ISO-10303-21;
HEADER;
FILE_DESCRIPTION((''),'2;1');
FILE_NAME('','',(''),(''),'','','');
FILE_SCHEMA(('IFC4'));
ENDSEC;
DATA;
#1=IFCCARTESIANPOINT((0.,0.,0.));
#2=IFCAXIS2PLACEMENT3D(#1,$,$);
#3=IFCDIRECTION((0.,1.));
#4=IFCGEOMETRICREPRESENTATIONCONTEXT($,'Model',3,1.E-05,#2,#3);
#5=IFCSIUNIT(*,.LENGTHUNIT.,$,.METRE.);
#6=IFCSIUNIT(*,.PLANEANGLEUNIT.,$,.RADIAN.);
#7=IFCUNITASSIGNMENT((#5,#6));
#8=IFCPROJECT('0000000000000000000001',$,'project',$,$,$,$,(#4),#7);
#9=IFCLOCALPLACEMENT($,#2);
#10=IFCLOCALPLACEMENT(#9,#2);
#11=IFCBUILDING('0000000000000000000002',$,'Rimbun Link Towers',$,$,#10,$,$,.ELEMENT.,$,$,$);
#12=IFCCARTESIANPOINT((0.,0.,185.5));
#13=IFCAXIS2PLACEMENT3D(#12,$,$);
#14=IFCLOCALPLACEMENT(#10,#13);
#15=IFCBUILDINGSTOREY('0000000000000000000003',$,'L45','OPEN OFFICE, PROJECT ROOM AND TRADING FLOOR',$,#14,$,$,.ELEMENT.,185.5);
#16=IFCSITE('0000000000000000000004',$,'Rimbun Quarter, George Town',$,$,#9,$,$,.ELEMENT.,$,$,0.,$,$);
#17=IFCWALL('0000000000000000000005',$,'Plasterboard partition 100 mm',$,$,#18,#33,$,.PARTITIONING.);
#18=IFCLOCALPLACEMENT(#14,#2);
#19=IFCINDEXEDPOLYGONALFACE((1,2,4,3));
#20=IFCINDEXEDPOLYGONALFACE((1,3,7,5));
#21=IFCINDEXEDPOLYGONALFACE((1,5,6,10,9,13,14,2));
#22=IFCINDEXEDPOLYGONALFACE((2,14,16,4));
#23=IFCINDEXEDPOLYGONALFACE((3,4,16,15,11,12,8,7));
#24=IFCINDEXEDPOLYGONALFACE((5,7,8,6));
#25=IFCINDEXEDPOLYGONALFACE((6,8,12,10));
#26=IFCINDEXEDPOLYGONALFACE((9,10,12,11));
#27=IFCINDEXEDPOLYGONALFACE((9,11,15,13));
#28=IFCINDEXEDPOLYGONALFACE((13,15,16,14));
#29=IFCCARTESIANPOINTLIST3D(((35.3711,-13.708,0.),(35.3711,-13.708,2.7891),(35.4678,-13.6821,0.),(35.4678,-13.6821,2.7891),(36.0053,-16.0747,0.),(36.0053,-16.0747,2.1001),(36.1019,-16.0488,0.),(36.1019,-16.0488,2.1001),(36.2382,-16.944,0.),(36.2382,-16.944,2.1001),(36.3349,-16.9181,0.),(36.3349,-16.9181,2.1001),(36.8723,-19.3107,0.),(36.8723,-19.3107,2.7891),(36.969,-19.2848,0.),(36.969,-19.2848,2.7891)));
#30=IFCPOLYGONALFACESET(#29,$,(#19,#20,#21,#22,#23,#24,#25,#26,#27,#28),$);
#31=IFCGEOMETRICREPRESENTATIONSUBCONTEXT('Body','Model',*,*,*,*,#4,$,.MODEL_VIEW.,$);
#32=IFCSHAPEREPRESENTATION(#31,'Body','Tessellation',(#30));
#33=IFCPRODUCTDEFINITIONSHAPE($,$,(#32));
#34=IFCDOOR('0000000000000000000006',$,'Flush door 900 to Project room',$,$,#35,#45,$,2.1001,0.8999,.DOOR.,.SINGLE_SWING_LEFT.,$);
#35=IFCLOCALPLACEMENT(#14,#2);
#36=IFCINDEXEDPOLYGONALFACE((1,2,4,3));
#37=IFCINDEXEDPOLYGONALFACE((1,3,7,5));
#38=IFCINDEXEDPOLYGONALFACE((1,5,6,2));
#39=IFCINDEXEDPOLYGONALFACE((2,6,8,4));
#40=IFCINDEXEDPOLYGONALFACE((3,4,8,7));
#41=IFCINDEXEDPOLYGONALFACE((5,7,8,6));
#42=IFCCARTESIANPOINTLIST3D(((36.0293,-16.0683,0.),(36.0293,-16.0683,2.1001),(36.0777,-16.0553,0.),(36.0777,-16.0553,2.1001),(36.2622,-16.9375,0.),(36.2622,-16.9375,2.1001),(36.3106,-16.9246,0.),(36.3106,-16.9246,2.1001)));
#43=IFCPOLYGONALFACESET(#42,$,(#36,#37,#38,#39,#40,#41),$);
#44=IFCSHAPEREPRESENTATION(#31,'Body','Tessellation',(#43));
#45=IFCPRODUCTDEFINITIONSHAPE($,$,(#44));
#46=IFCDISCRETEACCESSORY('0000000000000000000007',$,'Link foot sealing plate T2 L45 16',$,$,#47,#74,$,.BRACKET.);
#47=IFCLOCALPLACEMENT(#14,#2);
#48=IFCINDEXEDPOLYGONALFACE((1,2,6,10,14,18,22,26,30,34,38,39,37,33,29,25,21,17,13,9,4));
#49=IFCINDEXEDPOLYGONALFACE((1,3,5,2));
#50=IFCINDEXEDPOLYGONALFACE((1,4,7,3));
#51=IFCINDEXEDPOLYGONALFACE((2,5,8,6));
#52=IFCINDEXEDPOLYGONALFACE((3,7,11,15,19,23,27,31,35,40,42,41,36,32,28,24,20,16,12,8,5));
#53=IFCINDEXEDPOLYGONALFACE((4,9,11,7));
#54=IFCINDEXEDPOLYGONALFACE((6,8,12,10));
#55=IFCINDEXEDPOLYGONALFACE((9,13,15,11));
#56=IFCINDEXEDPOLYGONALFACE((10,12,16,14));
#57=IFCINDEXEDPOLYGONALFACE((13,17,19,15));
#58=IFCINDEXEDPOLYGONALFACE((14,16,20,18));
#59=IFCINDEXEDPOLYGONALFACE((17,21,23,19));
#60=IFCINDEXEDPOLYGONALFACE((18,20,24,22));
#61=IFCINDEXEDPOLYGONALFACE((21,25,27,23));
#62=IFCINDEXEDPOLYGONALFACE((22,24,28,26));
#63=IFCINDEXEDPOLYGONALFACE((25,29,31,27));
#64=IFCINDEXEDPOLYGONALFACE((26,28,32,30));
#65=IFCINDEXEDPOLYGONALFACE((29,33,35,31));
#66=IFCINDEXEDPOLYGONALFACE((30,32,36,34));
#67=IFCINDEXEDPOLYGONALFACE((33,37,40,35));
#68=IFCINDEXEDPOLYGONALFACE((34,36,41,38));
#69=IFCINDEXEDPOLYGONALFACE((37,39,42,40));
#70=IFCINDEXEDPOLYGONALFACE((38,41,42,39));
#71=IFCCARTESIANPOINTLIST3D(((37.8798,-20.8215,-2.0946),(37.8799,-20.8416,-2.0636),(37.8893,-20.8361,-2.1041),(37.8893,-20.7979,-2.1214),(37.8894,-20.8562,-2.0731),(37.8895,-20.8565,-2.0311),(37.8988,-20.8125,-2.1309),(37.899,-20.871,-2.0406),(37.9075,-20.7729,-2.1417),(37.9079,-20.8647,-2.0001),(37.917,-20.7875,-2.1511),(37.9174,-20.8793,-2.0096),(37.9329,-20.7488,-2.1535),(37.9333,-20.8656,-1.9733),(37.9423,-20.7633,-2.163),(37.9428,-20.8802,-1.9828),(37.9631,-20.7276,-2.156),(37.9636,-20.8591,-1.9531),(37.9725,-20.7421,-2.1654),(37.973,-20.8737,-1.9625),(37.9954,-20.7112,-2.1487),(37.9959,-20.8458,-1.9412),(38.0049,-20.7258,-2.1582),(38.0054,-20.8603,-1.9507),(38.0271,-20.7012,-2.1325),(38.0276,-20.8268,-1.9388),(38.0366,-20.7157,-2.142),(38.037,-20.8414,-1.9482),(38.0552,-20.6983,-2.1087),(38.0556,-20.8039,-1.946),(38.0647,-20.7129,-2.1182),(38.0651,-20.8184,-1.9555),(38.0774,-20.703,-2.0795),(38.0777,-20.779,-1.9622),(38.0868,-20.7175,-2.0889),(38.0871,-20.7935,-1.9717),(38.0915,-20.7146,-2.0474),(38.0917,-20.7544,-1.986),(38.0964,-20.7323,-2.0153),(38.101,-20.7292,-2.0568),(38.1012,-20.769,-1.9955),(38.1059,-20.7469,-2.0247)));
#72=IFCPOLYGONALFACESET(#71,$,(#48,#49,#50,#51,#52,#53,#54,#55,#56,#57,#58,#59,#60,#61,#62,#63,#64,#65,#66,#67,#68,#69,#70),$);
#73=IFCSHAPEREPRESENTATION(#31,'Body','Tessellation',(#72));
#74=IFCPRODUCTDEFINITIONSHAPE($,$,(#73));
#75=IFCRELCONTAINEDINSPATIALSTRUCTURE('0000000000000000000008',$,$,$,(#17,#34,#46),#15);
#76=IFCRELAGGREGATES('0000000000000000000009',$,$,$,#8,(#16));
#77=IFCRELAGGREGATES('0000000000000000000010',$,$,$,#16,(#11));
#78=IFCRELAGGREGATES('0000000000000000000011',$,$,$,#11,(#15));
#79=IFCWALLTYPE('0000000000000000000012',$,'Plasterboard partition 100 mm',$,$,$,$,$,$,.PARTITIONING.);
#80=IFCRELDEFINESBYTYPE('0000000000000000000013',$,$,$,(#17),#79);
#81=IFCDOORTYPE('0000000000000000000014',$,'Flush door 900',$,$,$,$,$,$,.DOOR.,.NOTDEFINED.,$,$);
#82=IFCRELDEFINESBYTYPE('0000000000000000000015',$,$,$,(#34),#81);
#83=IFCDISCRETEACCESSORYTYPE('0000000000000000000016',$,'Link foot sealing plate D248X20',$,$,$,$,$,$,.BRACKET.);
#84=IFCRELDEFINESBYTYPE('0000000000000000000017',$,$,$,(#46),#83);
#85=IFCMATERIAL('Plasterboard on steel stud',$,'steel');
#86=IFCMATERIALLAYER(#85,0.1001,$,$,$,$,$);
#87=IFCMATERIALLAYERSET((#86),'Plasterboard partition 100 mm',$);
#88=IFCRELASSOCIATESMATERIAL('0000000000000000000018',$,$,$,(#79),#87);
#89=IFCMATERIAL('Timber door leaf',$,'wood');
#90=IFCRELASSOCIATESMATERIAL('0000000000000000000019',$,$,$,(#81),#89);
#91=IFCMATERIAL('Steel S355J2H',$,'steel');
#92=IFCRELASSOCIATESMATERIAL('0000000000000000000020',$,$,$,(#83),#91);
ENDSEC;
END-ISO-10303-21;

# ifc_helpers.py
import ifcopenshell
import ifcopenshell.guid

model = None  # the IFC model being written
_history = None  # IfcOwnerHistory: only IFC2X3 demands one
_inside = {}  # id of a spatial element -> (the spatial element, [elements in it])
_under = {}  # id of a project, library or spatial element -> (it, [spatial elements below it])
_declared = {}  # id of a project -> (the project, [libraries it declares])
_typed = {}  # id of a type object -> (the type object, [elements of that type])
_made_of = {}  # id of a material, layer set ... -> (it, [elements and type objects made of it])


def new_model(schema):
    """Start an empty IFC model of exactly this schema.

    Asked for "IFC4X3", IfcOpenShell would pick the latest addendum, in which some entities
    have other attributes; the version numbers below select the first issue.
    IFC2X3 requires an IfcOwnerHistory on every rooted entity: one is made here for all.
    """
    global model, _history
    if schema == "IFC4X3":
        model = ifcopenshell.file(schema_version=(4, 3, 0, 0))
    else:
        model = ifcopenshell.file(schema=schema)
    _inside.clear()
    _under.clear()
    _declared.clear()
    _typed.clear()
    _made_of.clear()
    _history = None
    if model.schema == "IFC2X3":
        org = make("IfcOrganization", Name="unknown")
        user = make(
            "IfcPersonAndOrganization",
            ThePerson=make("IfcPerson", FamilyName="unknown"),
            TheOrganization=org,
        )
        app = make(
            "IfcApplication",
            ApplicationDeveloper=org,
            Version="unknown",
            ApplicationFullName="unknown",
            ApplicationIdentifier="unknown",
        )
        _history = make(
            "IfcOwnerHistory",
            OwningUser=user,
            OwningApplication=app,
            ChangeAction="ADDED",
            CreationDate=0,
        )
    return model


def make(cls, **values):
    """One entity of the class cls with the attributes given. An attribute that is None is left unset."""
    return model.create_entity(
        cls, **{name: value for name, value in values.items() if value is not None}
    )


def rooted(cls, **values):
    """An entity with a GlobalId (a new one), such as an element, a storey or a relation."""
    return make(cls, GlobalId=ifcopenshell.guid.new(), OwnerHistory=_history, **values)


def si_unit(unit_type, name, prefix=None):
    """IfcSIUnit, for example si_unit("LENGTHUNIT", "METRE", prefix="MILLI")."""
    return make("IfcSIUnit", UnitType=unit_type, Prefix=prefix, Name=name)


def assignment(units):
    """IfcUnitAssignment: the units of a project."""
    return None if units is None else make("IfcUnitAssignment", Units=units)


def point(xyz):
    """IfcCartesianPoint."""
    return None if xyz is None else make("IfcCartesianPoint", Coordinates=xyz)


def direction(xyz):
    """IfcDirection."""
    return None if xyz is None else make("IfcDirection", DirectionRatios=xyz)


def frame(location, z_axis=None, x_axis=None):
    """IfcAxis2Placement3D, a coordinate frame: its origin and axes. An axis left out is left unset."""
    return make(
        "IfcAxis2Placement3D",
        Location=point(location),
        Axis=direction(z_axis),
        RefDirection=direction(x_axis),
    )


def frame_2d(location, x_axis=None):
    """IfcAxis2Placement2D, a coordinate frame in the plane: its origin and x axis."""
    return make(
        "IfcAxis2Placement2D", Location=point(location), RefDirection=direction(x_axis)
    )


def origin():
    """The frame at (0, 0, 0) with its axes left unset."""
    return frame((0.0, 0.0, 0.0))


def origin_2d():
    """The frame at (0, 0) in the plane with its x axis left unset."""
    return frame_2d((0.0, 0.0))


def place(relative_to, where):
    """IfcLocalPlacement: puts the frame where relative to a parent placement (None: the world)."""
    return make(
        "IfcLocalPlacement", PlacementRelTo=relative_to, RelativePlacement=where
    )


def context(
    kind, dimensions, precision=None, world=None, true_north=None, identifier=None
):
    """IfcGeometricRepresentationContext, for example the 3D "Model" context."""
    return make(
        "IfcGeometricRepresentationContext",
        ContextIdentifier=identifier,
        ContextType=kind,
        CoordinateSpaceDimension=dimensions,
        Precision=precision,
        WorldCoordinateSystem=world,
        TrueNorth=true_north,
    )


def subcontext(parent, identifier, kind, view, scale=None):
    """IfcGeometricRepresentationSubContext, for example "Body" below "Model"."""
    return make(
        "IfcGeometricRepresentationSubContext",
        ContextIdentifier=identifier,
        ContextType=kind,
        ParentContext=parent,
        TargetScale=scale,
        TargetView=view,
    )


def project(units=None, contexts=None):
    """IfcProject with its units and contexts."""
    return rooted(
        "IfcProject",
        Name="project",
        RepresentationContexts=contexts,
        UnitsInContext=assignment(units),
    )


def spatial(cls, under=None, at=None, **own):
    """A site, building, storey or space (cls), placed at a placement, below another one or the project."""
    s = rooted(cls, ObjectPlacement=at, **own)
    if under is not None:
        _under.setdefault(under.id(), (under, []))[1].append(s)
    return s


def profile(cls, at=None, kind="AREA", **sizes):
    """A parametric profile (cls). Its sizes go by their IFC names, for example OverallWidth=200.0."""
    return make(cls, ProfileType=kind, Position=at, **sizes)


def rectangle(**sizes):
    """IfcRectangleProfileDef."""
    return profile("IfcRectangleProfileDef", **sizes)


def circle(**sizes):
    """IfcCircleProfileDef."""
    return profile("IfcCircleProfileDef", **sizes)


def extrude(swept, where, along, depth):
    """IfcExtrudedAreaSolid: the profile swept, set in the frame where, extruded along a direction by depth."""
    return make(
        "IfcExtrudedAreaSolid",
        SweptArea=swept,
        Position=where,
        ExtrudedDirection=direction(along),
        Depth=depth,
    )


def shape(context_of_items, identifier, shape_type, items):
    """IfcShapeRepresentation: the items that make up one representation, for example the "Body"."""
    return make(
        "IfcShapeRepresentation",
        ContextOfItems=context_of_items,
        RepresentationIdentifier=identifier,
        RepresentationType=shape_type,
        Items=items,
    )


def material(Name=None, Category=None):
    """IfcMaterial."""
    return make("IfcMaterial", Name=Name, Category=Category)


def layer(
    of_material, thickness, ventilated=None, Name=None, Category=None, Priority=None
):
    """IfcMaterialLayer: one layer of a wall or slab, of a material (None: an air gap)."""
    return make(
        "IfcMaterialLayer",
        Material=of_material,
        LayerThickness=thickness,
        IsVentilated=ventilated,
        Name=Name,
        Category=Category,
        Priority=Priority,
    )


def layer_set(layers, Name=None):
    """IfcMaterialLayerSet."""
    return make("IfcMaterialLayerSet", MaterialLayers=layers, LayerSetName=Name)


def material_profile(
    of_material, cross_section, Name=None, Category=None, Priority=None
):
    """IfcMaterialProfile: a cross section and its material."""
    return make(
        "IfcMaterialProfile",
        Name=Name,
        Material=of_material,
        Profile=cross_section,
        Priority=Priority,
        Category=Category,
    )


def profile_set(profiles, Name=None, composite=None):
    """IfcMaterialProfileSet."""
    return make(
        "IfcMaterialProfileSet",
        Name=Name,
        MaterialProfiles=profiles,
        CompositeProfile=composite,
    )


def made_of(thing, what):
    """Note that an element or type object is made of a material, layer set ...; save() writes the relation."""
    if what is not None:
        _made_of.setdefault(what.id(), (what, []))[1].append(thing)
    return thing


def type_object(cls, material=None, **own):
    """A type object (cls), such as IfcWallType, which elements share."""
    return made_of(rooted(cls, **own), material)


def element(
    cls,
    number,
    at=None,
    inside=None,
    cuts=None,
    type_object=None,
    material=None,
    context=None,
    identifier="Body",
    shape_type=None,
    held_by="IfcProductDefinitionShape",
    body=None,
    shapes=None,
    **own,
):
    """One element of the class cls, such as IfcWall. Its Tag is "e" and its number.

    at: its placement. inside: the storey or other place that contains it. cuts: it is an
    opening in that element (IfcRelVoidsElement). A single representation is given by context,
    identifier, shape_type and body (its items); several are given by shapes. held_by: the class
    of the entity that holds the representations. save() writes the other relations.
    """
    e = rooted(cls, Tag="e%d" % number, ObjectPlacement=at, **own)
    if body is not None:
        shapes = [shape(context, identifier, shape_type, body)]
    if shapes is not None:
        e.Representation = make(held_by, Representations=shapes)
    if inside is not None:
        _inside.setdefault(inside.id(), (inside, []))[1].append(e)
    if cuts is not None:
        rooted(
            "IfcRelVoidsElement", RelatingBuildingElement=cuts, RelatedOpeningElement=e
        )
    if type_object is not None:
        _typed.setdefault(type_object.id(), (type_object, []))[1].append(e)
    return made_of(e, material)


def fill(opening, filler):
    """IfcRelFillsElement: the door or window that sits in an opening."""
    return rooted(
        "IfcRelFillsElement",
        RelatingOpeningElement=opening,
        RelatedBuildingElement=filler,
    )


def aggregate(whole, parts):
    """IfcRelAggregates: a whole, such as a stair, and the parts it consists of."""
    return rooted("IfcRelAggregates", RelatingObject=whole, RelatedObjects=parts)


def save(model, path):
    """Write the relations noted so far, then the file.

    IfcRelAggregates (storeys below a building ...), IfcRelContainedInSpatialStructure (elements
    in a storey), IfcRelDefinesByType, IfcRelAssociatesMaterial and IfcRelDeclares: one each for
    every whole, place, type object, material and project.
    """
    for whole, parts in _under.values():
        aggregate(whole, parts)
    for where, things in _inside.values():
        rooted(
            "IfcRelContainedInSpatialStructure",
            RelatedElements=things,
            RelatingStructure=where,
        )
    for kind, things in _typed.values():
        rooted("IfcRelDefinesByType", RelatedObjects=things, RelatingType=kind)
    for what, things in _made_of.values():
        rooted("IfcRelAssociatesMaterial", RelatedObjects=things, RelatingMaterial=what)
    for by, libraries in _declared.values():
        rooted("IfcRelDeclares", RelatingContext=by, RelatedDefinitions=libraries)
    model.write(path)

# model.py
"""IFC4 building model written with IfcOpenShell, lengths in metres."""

from ifc_helpers import new_model, si_unit, direction, frame, frame_2d, origin, origin_2d, place, context, subcontext, project, spatial, rectangle, circle, extrude, material, layer, layer_set, material_profile, profile_set, type_object, element, fill, save


model = new_model("IFC4")

# Units and contexts
model_context = context("Model", 3, precision=1e-05, world=origin(), true_north=direction((0.0, 1.0)))
body_context = subcontext(model_context, "Body", "Model", "MODEL_VIEW")
ifc_project = project(units=[si_unit("LENGTHUNIT", "METRE"), si_unit("PLANEANGLEUNIT", "RADIAN")], contexts=[model_context])

# Site, building, storey
site_placement = place(None, origin())
site = spatial("IfcSite", under=ifc_project, at=site_placement, Name="Rimbun Quarter, George Town", CompositionType="ELEMENT", RefElevation=0.0)
building_placement = place(site_placement, origin())
building = spatial("IfcBuilding", under=site, at=building_placement, Name="Rimbun Link Towers", CompositionType="ELEMENT")
storey_placement = place(building_placement, frame((0.0, 0.0, 185.5)))
storey = spatial("IfcBuildingStorey", under=building, at=storey_placement, Name="L45", Description="OPEN OFFICE, PROJECT ROOM AND TRADING FLOOR", CompositionType="ELEMENT", Elevation=185.5)

# Shared definitions
ifc_material_1 = material(Name="Plasterboard on steel stud", Category="steel")
ifc_layer_1 = layer(ifc_material_1, 0.1001)
ifc_layer_set_1 = layer_set([ifc_layer_1], Name="Plasterboard partition 100 mm")
wall_type = type_object("IfcWallType", Name="Plasterboard partition 100 mm", PredefinedType="PARTITIONING", material=ifc_layer_set_1)

# Wall, opening, door
wall_1_placement = place(storey_placement, frame((35.4194, -13.6951, 0.0), z_axis=(0.0, 0.0, 1.0), x_axis=(0.258823, -0.965925, 0.0)))
wall_1 = element("IfcWall", 1, at=wall_1_placement, inside=storey, type_object=wall_type, Name="Plasterboard partition 100 mm", PredefinedType="PARTITIONING", context=body_context, shape_type="SweptSolid", body=[
    extrude(rectangle(XDim=5.8003, YDim=0.1001, at=frame_2d((2.9001, 0.0))), origin(), (0.0, 0.0, 1.0), 2.7891),
])
opening_1_placement = place(wall_1_placement, frame((2.4502, 0.0, 0.0)))
opening_1 = element("IfcOpeningElement", 2, at=opening_1_placement, cuts=wall_1, PredefinedType="OPENING", context=body_context, shape_type="SweptSolid", body=[
    extrude(rectangle(XDim=0.8999, YDim=2.1001, at=frame_2d((0.45, 1.05))), frame((0.0, 0.0601, 0.0), z_axis=(0.0, -1.0, 0.0), x_axis=(1.0, 0.0, 0.0)), (0.0, 0.0, 1.0), 0.1201),
])
ifc_material_2 = material(Name="Timber door leaf", Category="wood")
door_type_1 = type_object("IfcDoorType", Name="Flush door 900", OperationType="NOTDEFINED", PredefinedType="DOOR", material=ifc_material_2)
door_1_placement = place(opening_1_placement, origin())
door_1 = element("IfcDoor", 3, at=door_1_placement, inside=storey, type_object=door_type_1, Name="Flush door 900 to Project room", OperationType="SINGLE_SWING_LEFT", OverallHeight=2.1001, OverallWidth=0.8999, PredefinedType="DOOR", context=body_context, shape_type="SweptSolid", body=[
    extrude(rectangle(XDim=0.8999, YDim=2.1001, at=frame_2d((0.45, 1.05))), frame((0.0, 0.0249, 0.0), z_axis=(0.0, -1.0, 0.0), x_axis=(1.0, 0.0, 0.0)), (0.0, 0.0, 1.0), 0.05),
])
fill(opening_1, door_1)

# Discrete accessory
ifc_material_3 = material(Name="Steel S355J2H", Category="steel")
ifc_material_profile_1 = material_profile(ifc_material_3, circle(Radius=0.124, at=origin_2d()), Name="PL D248")
ifc_profile_set_1 = profile_set([ifc_material_profile_1], Name="Steel S355J2H")
discrete_accessory_type = type_object("IfcDiscreteAccessoryType", Name="Link foot sealing plate D248X20", PredefinedType="BRACKET", material=ifc_profile_set_1)
discrete_accessory_placement = place(storey_placement, frame((37.9875, -20.7822, -2.0474), z_axis=(0.478537, -0.73621, -0.478537), x_axis=(0.838444, 0.544988, 0.0)))
element("IfcDiscreteAccessory", 4, at=discrete_accessory_placement, inside=storey, type_object=discrete_accessory_type, Name="Link foot sealing plate T2 L45 16", PredefinedType="BRACKET", context=body_context, shape_type="SweptSolid", body=[
    extrude(circle(Radius=0.124, at=origin_2d()), origin(), (0.0, 0.0, 1.0), 0.0198),
])

save(model, "model.ifc")
